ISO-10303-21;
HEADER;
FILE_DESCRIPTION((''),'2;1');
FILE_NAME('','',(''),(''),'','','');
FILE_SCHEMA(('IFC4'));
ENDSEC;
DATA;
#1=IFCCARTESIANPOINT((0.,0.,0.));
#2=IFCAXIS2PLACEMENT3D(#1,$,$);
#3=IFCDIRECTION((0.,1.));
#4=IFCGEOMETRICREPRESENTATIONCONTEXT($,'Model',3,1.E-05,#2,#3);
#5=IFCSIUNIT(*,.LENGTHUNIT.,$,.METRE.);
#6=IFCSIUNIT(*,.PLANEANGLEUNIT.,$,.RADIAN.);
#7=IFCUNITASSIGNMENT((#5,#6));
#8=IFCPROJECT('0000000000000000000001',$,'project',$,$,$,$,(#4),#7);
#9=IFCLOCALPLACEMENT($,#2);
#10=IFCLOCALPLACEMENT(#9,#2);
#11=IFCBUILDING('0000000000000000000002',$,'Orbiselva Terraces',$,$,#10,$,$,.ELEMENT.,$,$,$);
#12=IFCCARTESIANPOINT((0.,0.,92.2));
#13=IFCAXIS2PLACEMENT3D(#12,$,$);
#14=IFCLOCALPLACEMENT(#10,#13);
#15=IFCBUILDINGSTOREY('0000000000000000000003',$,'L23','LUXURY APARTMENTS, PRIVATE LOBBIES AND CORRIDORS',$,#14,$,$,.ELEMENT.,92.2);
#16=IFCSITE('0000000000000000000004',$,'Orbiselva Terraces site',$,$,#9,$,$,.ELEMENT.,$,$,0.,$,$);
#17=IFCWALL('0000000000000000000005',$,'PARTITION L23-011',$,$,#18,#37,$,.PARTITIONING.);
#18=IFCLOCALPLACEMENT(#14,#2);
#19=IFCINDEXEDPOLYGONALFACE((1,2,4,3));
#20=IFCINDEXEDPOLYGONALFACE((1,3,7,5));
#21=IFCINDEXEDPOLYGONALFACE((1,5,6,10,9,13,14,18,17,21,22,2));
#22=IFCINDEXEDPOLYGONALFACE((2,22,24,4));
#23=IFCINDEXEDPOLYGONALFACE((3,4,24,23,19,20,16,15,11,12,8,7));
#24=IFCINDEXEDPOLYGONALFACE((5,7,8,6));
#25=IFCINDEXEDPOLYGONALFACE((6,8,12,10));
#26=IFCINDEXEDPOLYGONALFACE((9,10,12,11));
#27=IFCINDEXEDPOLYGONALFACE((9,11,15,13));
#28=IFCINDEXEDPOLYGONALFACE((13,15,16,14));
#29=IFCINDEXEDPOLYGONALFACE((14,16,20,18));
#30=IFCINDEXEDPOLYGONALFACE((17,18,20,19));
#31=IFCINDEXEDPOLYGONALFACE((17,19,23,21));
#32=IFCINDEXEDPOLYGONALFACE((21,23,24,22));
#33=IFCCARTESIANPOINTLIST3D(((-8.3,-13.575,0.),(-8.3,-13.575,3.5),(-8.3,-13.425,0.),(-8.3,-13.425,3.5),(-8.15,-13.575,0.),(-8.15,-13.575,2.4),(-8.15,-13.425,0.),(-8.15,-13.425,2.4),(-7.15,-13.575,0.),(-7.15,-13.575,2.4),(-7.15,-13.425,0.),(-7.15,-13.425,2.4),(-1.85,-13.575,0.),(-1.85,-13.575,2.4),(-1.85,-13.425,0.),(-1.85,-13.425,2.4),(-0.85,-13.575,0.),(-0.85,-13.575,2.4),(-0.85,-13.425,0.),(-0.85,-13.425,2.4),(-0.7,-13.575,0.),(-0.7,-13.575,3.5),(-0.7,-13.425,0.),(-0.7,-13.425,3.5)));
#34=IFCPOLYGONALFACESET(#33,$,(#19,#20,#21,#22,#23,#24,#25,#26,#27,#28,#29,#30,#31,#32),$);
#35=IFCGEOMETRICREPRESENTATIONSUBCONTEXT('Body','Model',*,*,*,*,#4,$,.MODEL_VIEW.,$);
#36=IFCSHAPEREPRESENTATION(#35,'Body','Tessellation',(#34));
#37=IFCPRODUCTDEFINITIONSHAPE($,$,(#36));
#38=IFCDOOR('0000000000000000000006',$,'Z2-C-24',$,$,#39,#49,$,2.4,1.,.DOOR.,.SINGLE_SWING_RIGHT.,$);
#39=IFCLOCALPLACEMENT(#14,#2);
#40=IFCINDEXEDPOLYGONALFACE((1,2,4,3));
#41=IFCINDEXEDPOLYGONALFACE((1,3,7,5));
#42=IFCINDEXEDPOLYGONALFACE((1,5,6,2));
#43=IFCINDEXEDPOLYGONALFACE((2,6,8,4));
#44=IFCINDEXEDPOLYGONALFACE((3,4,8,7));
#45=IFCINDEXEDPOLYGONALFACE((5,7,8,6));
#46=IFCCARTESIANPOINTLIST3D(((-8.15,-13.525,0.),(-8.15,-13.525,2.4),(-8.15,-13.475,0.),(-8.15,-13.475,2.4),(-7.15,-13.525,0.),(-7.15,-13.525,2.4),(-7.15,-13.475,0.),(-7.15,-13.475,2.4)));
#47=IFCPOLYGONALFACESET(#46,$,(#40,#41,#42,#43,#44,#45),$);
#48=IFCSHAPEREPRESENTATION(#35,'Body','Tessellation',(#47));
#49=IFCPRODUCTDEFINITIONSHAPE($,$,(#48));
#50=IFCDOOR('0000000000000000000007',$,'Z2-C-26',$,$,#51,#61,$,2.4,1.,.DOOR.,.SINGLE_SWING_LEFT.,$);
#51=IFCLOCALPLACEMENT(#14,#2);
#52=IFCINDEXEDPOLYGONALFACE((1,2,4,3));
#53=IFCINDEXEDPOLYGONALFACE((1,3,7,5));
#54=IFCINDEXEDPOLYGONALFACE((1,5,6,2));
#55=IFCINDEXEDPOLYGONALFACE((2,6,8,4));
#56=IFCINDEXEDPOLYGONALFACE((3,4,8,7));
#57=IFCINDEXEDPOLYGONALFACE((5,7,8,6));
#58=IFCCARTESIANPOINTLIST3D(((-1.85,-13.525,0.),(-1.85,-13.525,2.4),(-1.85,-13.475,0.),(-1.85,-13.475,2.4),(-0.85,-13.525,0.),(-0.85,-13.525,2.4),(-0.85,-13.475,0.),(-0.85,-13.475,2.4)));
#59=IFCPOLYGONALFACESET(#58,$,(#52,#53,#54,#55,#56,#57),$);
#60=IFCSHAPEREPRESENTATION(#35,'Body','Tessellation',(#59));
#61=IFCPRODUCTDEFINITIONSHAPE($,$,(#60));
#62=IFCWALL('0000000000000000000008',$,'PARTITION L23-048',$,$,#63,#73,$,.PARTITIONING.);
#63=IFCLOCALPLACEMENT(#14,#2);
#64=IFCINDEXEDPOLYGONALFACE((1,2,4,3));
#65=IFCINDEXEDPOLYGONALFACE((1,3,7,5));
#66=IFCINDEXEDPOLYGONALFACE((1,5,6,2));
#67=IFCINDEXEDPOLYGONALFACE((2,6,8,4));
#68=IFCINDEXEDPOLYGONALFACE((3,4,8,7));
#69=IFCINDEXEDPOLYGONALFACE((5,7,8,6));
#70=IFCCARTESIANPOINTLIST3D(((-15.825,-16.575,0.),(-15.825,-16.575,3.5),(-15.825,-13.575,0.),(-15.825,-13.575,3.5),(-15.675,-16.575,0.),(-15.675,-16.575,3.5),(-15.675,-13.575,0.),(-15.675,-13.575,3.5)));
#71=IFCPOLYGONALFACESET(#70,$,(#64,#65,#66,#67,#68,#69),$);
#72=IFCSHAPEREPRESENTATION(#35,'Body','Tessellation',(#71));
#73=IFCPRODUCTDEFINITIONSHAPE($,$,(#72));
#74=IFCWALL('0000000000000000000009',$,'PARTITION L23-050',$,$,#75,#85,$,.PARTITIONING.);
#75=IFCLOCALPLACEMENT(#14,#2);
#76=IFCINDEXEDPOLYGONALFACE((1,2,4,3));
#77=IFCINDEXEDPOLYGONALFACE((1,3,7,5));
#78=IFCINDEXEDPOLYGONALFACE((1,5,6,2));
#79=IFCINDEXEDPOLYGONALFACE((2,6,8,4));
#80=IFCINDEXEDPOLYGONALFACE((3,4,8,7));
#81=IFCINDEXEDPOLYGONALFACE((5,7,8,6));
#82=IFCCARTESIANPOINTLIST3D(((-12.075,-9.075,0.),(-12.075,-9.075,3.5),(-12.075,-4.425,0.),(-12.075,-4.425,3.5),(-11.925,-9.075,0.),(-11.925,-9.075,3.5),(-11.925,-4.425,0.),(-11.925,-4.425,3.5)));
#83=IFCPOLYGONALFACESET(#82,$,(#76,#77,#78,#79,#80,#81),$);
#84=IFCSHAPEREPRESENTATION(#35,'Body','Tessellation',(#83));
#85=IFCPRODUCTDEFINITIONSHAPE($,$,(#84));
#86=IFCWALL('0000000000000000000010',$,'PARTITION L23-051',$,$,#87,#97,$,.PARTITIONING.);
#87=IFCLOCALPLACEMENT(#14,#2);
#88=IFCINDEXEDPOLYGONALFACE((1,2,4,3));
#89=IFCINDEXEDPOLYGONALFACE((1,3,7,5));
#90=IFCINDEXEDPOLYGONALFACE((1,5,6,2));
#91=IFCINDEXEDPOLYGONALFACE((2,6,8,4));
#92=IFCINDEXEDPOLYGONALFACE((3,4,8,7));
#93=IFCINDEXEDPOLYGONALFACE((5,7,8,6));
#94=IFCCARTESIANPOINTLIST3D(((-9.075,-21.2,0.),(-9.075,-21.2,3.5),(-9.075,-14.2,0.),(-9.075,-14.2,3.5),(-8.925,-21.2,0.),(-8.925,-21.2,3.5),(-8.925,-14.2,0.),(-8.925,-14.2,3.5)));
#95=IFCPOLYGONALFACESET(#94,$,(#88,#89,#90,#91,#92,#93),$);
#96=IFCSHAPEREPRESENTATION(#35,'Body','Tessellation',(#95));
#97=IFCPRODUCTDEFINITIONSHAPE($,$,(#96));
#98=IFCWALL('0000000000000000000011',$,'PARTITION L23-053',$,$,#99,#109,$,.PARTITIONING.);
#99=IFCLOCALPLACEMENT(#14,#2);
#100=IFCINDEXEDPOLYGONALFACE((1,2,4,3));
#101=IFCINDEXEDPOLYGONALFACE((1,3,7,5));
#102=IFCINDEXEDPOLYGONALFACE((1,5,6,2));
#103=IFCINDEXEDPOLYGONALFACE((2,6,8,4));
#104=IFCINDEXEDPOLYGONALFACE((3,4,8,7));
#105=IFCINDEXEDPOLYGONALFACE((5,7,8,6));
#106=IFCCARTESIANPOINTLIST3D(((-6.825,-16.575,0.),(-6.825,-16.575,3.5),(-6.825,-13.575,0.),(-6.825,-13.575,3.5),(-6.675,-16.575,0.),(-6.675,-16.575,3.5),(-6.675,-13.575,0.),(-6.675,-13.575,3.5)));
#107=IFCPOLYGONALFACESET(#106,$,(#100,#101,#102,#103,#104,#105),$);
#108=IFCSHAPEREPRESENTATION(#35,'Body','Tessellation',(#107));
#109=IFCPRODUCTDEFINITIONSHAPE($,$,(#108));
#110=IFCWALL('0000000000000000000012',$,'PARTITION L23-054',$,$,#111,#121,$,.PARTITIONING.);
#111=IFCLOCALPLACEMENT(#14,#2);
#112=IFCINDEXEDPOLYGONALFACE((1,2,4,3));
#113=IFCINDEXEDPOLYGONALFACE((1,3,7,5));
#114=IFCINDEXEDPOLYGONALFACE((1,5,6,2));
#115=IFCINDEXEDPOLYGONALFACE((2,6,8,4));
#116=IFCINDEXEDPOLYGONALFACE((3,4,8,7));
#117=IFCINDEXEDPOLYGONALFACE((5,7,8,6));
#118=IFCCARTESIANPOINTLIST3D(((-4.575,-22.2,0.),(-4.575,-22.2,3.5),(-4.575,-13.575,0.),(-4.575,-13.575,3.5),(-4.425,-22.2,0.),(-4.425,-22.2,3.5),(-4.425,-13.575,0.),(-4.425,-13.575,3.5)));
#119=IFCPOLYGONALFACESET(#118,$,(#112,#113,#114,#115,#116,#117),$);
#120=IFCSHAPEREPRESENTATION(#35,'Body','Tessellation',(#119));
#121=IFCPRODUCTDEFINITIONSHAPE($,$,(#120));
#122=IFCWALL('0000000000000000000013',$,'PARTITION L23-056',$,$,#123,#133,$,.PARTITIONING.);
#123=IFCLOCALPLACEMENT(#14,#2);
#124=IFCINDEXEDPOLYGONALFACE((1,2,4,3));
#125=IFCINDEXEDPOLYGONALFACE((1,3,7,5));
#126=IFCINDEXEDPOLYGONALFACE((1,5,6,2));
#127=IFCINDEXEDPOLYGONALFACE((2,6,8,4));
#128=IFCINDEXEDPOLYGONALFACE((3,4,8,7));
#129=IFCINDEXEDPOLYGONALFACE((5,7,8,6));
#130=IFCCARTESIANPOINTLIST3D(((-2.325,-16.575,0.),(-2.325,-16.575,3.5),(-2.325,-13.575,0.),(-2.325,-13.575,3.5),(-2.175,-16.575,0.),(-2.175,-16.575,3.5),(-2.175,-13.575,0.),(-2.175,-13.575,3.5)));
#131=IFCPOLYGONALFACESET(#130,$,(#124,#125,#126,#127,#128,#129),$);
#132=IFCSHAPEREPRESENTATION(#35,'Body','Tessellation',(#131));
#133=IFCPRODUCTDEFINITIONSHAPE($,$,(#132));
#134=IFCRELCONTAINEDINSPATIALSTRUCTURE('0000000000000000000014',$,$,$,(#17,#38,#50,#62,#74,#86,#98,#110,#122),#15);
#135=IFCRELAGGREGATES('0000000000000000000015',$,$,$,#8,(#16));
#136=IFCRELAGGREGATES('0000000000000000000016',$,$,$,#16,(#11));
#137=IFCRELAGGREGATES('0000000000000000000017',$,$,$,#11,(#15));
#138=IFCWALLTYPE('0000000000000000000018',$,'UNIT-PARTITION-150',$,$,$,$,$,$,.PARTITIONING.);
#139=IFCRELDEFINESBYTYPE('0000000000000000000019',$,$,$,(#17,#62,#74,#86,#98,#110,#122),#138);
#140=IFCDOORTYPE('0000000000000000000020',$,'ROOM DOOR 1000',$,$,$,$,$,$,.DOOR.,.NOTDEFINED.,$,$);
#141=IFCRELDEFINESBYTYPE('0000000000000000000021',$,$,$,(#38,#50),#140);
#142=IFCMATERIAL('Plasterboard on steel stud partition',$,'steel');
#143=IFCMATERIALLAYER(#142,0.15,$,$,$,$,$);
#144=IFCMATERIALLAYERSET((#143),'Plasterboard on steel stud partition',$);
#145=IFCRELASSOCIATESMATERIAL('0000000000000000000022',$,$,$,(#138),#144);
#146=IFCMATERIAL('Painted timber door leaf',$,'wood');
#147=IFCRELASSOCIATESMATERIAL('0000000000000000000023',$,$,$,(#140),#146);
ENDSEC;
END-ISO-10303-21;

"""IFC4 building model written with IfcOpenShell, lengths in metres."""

from ifc_helpers import new_model, si_unit, direction, frame, frame_2d, origin, place, context, subcontext, project, spatial, rectangle, extrude, material, layer, layer_set, type_object, element, fill, save


model = new_model("IFC4")

# Units and contexts
model_context = context("Model", 3, precision=1e-05, world=origin(), true_north=direction((0.0, 1.0)))
body_context = subcontext(model_context, "Body", "Model", "MODEL_VIEW")
ifc_project = project(units=[si_unit("LENGTHUNIT", "METRE"), si_unit("PLANEANGLEUNIT", "RADIAN")], contexts=[model_context])

# Site, building, storey
site_placement = place(None, origin())
site = spatial("IfcSite", under=ifc_project, at=site_placement, Name="Orbiselva Terraces site", CompositionType="ELEMENT", RefElevation=0.0)
building_placement = place(site_placement, origin())
building = spatial("IfcBuilding", under=site, at=building_placement, Name="Orbiselva Terraces", CompositionType="ELEMENT")
storey_placement = place(building_placement, frame((0.0, 0.0, 92.2)))
storey = spatial("IfcBuildingStorey", under=building, at=storey_placement, Name="L23", Description="LUXURY APARTMENTS, PRIVATE LOBBIES AND CORRIDORS", CompositionType="ELEMENT", Elevation=92.2)

# Shared definitions
ifc_material_1 = material(Name="Plasterboard on steel stud partition", Category="steel")
ifc_layer_1 = layer(ifc_material_1, 0.15)
ifc_layer_set_1 = layer_set([ifc_layer_1], Name="Plasterboard on steel stud partition")
wall_type_1 = type_object("IfcWallType", Name="UNIT-PARTITION-150", PredefinedType="PARTITIONING", material=ifc_layer_set_1)
ifc_material_2 = material(Name="Painted timber door leaf", Category="wood")

# Wall, openings, doors
wall_1_placement = place(storey_placement, frame((-0.7, -13.5, 0.0), z_axis=(0.0, 0.0, 1.0), x_axis=(-1.0, 0.0, 0.0)))
wall_1 = element("IfcWall", 1, at=wall_1_placement, inside=storey, type_object=wall_type_1, Name="PARTITION L23-011", PredefinedType="PARTITIONING", context=body_context, shape_type="SweptSolid", body=[
    extrude(rectangle(XDim=7.6, YDim=0.15, at=frame_2d((3.8, 0.0))), origin(), (0.0, 0.0, 1.0), 3.5),
])
opening_1_placement = place(wall_1_placement, frame((6.45, 0.0, 0.0)))
opening_1 = element("IfcOpeningElement", 2, at=opening_1_placement, cuts=wall_1, PredefinedType="OPENING", context=body_context, shape_type="SweptSolid", body=[
    extrude(rectangle(XDim=1.0, YDim=2.4, at=frame_2d((0.5, 1.2))), frame((0.0, 0.085, 0.0), z_axis=(0.0, -1.0, 0.0), x_axis=(1.0, 0.0, 0.0)), (0.0, 0.0, 1.0), 0.17),
])
opening_2_placement = place(wall_1_placement, frame((0.15, 0.0, 0.0)))
opening_2 = element("IfcOpeningElement", 3, at=opening_2_placement, cuts=wall_1, PredefinedType="OPENING", context=body_context, shape_type="SweptSolid", body=[
    extrude(rectangle(XDim=1.0, YDim=2.4, at=frame_2d((0.5, 1.2))), frame((0.0, 0.085, 0.0), z_axis=(0.0, -1.0, 0.0), x_axis=(1.0, 0.0, 0.0)), (0.0, 0.0, 1.0), 0.17),
])
door_type_1 = type_object("IfcDoorType", Name="ROOM DOOR 1000", OperationType="NOTDEFINED", PredefinedType="DOOR", material=ifc_material_2)
door_1_placement = place(opening_1_placement, origin())
door_1 = element("IfcDoor", 4, at=door_1_placement, inside=storey, type_object=door_type_1, Name="Z2-C-24", OperationType="SINGLE_SWING_RIGHT", OverallHeight=2.4, OverallWidth=1.0, PredefinedType="DOOR", context=body_context, shape_type="SweptSolid", body=[
    extrude(rectangle(XDim=1.0, YDim=2.4, at=frame_2d((0.5, 1.2))), frame((0.0, 0.025, 0.0), z_axis=(0.0, -1.0, 0.0), x_axis=(1.0, 0.0, 0.0)), (0.0, 0.0, 1.0), 0.05),
])
fill(opening_1, door_1)
door_2_placement = place(opening_2_placement, origin())
door_2 = element("IfcDoor", 5, at=door_2_placement, inside=storey, type_object=door_type_1, Name="Z2-C-26", OperationType="SINGLE_SWING_LEFT", OverallHeight=2.4, OverallWidth=1.0, PredefinedType="DOOR", context=body_context, shape_type="SweptSolid", body=[
    extrude(rectangle(XDim=1.0, YDim=2.4, at=frame_2d((0.5, 1.2))), frame((0.0, 0.025, 0.0), z_axis=(0.0, -1.0, 0.0), x_axis=(1.0, 0.0, 0.0)), (0.0, 0.0, 1.0), 0.05),
])
fill(opening_2, door_2)

# Walls
wall_2_placement = place(storey_placement, frame((-15.75, -16.575, 0.0), z_axis=(0.0, 0.0, 1.0), x_axis=(0.0, 1.0, 0.0)))
element("IfcWall", 6, at=wall_2_placement, inside=storey, type_object=wall_type_1, Name="PARTITION L23-048", PredefinedType="PARTITIONING", context=body_context, shape_type="SweptSolid", body=[
    extrude(rectangle(XDim=3.0, YDim=0.15, at=frame_2d((1.5, 0.0))), origin(), (0.0, 0.0, 1.0), 3.5),
])
wall_3_placement = place(storey_placement, frame((-12.0, -9.075, 0.0), z_axis=(0.0, 0.0, 1.0), x_axis=(0.0, 1.0, 0.0)))
element("IfcWall", 7, at=wall_3_placement, inside=storey, type_object=wall_type_1, Name="PARTITION L23-050", PredefinedType="PARTITIONING", context=body_context, shape_type="SweptSolid", body=[
    extrude(rectangle(XDim=4.65, YDim=0.15, at=frame_2d((2.325, 0.0))), origin(), (0.0, 0.0, 1.0), 3.5),
])
wall_4_placement = place(storey_placement, frame((-9.0, -21.2, 0.0), z_axis=(0.0, 0.0, 1.0), x_axis=(0.0, 1.0, 0.0)))
element("IfcWall", 8, at=wall_4_placement, inside=storey, type_object=wall_type_1, Name="PARTITION L23-051", PredefinedType="PARTITIONING", context=body_context, shape_type="SweptSolid", body=[
    extrude(rectangle(XDim=7.0, YDim=0.15, at=frame_2d((3.5, 0.0))), origin(), (0.0, 0.0, 1.0), 3.5),
])
wall_5_placement = place(storey_placement, frame((-6.75, -16.575, 0.0), z_axis=(0.0, 0.0, 1.0), x_axis=(0.0, 1.0, 0.0)))
element("IfcWall", 9, at=wall_5_placement, inside=storey, type_object=wall_type_1, Name="PARTITION L23-053", PredefinedType="PARTITIONING", context=body_context, shape_type="SweptSolid", body=[
    extrude(rectangle(XDim=3.0, YDim=0.15, at=frame_2d((1.5, 0.0))), origin(), (0.0, 0.0, 1.0), 3.5),
])
wall_6_placement = place(storey_placement, frame((-4.5, -22.2, 0.0), z_axis=(0.0, 0.0, 1.0), x_axis=(0.0, 1.0, 0.0)))
element("IfcWall", 10, at=wall_6_placement, inside=storey, type_object=wall_type_1, Name="PARTITION L23-054", PredefinedType="PARTITIONING", context=body_context, shape_type="SweptSolid", body=[
    extrude(rectangle(XDim=8.625, YDim=0.15, at=frame_2d((4.3125, 0.0))), origin(), (0.0, 0.0, 1.0), 3.5),
])
wall_7_placement = place(storey_placement, frame((-2.25, -16.575, 0.0), z_axis=(0.0, 0.0, 1.0), x_axis=(0.0, 1.0, 0.0)))
element("IfcWall", 11, at=wall_7_placement, inside=storey, type_object=wall_type_1, Name="PARTITION L23-056", PredefinedType="PARTITIONING", context=body_context, shape_type="SweptSolid", body=[
    extrude(rectangle(XDim=3.0, YDim=0.15, at=frame_2d((1.5, 0.0))), origin(), (0.0, 0.0, 1.0), 3.5),
])

save(model, "model.ifc")
